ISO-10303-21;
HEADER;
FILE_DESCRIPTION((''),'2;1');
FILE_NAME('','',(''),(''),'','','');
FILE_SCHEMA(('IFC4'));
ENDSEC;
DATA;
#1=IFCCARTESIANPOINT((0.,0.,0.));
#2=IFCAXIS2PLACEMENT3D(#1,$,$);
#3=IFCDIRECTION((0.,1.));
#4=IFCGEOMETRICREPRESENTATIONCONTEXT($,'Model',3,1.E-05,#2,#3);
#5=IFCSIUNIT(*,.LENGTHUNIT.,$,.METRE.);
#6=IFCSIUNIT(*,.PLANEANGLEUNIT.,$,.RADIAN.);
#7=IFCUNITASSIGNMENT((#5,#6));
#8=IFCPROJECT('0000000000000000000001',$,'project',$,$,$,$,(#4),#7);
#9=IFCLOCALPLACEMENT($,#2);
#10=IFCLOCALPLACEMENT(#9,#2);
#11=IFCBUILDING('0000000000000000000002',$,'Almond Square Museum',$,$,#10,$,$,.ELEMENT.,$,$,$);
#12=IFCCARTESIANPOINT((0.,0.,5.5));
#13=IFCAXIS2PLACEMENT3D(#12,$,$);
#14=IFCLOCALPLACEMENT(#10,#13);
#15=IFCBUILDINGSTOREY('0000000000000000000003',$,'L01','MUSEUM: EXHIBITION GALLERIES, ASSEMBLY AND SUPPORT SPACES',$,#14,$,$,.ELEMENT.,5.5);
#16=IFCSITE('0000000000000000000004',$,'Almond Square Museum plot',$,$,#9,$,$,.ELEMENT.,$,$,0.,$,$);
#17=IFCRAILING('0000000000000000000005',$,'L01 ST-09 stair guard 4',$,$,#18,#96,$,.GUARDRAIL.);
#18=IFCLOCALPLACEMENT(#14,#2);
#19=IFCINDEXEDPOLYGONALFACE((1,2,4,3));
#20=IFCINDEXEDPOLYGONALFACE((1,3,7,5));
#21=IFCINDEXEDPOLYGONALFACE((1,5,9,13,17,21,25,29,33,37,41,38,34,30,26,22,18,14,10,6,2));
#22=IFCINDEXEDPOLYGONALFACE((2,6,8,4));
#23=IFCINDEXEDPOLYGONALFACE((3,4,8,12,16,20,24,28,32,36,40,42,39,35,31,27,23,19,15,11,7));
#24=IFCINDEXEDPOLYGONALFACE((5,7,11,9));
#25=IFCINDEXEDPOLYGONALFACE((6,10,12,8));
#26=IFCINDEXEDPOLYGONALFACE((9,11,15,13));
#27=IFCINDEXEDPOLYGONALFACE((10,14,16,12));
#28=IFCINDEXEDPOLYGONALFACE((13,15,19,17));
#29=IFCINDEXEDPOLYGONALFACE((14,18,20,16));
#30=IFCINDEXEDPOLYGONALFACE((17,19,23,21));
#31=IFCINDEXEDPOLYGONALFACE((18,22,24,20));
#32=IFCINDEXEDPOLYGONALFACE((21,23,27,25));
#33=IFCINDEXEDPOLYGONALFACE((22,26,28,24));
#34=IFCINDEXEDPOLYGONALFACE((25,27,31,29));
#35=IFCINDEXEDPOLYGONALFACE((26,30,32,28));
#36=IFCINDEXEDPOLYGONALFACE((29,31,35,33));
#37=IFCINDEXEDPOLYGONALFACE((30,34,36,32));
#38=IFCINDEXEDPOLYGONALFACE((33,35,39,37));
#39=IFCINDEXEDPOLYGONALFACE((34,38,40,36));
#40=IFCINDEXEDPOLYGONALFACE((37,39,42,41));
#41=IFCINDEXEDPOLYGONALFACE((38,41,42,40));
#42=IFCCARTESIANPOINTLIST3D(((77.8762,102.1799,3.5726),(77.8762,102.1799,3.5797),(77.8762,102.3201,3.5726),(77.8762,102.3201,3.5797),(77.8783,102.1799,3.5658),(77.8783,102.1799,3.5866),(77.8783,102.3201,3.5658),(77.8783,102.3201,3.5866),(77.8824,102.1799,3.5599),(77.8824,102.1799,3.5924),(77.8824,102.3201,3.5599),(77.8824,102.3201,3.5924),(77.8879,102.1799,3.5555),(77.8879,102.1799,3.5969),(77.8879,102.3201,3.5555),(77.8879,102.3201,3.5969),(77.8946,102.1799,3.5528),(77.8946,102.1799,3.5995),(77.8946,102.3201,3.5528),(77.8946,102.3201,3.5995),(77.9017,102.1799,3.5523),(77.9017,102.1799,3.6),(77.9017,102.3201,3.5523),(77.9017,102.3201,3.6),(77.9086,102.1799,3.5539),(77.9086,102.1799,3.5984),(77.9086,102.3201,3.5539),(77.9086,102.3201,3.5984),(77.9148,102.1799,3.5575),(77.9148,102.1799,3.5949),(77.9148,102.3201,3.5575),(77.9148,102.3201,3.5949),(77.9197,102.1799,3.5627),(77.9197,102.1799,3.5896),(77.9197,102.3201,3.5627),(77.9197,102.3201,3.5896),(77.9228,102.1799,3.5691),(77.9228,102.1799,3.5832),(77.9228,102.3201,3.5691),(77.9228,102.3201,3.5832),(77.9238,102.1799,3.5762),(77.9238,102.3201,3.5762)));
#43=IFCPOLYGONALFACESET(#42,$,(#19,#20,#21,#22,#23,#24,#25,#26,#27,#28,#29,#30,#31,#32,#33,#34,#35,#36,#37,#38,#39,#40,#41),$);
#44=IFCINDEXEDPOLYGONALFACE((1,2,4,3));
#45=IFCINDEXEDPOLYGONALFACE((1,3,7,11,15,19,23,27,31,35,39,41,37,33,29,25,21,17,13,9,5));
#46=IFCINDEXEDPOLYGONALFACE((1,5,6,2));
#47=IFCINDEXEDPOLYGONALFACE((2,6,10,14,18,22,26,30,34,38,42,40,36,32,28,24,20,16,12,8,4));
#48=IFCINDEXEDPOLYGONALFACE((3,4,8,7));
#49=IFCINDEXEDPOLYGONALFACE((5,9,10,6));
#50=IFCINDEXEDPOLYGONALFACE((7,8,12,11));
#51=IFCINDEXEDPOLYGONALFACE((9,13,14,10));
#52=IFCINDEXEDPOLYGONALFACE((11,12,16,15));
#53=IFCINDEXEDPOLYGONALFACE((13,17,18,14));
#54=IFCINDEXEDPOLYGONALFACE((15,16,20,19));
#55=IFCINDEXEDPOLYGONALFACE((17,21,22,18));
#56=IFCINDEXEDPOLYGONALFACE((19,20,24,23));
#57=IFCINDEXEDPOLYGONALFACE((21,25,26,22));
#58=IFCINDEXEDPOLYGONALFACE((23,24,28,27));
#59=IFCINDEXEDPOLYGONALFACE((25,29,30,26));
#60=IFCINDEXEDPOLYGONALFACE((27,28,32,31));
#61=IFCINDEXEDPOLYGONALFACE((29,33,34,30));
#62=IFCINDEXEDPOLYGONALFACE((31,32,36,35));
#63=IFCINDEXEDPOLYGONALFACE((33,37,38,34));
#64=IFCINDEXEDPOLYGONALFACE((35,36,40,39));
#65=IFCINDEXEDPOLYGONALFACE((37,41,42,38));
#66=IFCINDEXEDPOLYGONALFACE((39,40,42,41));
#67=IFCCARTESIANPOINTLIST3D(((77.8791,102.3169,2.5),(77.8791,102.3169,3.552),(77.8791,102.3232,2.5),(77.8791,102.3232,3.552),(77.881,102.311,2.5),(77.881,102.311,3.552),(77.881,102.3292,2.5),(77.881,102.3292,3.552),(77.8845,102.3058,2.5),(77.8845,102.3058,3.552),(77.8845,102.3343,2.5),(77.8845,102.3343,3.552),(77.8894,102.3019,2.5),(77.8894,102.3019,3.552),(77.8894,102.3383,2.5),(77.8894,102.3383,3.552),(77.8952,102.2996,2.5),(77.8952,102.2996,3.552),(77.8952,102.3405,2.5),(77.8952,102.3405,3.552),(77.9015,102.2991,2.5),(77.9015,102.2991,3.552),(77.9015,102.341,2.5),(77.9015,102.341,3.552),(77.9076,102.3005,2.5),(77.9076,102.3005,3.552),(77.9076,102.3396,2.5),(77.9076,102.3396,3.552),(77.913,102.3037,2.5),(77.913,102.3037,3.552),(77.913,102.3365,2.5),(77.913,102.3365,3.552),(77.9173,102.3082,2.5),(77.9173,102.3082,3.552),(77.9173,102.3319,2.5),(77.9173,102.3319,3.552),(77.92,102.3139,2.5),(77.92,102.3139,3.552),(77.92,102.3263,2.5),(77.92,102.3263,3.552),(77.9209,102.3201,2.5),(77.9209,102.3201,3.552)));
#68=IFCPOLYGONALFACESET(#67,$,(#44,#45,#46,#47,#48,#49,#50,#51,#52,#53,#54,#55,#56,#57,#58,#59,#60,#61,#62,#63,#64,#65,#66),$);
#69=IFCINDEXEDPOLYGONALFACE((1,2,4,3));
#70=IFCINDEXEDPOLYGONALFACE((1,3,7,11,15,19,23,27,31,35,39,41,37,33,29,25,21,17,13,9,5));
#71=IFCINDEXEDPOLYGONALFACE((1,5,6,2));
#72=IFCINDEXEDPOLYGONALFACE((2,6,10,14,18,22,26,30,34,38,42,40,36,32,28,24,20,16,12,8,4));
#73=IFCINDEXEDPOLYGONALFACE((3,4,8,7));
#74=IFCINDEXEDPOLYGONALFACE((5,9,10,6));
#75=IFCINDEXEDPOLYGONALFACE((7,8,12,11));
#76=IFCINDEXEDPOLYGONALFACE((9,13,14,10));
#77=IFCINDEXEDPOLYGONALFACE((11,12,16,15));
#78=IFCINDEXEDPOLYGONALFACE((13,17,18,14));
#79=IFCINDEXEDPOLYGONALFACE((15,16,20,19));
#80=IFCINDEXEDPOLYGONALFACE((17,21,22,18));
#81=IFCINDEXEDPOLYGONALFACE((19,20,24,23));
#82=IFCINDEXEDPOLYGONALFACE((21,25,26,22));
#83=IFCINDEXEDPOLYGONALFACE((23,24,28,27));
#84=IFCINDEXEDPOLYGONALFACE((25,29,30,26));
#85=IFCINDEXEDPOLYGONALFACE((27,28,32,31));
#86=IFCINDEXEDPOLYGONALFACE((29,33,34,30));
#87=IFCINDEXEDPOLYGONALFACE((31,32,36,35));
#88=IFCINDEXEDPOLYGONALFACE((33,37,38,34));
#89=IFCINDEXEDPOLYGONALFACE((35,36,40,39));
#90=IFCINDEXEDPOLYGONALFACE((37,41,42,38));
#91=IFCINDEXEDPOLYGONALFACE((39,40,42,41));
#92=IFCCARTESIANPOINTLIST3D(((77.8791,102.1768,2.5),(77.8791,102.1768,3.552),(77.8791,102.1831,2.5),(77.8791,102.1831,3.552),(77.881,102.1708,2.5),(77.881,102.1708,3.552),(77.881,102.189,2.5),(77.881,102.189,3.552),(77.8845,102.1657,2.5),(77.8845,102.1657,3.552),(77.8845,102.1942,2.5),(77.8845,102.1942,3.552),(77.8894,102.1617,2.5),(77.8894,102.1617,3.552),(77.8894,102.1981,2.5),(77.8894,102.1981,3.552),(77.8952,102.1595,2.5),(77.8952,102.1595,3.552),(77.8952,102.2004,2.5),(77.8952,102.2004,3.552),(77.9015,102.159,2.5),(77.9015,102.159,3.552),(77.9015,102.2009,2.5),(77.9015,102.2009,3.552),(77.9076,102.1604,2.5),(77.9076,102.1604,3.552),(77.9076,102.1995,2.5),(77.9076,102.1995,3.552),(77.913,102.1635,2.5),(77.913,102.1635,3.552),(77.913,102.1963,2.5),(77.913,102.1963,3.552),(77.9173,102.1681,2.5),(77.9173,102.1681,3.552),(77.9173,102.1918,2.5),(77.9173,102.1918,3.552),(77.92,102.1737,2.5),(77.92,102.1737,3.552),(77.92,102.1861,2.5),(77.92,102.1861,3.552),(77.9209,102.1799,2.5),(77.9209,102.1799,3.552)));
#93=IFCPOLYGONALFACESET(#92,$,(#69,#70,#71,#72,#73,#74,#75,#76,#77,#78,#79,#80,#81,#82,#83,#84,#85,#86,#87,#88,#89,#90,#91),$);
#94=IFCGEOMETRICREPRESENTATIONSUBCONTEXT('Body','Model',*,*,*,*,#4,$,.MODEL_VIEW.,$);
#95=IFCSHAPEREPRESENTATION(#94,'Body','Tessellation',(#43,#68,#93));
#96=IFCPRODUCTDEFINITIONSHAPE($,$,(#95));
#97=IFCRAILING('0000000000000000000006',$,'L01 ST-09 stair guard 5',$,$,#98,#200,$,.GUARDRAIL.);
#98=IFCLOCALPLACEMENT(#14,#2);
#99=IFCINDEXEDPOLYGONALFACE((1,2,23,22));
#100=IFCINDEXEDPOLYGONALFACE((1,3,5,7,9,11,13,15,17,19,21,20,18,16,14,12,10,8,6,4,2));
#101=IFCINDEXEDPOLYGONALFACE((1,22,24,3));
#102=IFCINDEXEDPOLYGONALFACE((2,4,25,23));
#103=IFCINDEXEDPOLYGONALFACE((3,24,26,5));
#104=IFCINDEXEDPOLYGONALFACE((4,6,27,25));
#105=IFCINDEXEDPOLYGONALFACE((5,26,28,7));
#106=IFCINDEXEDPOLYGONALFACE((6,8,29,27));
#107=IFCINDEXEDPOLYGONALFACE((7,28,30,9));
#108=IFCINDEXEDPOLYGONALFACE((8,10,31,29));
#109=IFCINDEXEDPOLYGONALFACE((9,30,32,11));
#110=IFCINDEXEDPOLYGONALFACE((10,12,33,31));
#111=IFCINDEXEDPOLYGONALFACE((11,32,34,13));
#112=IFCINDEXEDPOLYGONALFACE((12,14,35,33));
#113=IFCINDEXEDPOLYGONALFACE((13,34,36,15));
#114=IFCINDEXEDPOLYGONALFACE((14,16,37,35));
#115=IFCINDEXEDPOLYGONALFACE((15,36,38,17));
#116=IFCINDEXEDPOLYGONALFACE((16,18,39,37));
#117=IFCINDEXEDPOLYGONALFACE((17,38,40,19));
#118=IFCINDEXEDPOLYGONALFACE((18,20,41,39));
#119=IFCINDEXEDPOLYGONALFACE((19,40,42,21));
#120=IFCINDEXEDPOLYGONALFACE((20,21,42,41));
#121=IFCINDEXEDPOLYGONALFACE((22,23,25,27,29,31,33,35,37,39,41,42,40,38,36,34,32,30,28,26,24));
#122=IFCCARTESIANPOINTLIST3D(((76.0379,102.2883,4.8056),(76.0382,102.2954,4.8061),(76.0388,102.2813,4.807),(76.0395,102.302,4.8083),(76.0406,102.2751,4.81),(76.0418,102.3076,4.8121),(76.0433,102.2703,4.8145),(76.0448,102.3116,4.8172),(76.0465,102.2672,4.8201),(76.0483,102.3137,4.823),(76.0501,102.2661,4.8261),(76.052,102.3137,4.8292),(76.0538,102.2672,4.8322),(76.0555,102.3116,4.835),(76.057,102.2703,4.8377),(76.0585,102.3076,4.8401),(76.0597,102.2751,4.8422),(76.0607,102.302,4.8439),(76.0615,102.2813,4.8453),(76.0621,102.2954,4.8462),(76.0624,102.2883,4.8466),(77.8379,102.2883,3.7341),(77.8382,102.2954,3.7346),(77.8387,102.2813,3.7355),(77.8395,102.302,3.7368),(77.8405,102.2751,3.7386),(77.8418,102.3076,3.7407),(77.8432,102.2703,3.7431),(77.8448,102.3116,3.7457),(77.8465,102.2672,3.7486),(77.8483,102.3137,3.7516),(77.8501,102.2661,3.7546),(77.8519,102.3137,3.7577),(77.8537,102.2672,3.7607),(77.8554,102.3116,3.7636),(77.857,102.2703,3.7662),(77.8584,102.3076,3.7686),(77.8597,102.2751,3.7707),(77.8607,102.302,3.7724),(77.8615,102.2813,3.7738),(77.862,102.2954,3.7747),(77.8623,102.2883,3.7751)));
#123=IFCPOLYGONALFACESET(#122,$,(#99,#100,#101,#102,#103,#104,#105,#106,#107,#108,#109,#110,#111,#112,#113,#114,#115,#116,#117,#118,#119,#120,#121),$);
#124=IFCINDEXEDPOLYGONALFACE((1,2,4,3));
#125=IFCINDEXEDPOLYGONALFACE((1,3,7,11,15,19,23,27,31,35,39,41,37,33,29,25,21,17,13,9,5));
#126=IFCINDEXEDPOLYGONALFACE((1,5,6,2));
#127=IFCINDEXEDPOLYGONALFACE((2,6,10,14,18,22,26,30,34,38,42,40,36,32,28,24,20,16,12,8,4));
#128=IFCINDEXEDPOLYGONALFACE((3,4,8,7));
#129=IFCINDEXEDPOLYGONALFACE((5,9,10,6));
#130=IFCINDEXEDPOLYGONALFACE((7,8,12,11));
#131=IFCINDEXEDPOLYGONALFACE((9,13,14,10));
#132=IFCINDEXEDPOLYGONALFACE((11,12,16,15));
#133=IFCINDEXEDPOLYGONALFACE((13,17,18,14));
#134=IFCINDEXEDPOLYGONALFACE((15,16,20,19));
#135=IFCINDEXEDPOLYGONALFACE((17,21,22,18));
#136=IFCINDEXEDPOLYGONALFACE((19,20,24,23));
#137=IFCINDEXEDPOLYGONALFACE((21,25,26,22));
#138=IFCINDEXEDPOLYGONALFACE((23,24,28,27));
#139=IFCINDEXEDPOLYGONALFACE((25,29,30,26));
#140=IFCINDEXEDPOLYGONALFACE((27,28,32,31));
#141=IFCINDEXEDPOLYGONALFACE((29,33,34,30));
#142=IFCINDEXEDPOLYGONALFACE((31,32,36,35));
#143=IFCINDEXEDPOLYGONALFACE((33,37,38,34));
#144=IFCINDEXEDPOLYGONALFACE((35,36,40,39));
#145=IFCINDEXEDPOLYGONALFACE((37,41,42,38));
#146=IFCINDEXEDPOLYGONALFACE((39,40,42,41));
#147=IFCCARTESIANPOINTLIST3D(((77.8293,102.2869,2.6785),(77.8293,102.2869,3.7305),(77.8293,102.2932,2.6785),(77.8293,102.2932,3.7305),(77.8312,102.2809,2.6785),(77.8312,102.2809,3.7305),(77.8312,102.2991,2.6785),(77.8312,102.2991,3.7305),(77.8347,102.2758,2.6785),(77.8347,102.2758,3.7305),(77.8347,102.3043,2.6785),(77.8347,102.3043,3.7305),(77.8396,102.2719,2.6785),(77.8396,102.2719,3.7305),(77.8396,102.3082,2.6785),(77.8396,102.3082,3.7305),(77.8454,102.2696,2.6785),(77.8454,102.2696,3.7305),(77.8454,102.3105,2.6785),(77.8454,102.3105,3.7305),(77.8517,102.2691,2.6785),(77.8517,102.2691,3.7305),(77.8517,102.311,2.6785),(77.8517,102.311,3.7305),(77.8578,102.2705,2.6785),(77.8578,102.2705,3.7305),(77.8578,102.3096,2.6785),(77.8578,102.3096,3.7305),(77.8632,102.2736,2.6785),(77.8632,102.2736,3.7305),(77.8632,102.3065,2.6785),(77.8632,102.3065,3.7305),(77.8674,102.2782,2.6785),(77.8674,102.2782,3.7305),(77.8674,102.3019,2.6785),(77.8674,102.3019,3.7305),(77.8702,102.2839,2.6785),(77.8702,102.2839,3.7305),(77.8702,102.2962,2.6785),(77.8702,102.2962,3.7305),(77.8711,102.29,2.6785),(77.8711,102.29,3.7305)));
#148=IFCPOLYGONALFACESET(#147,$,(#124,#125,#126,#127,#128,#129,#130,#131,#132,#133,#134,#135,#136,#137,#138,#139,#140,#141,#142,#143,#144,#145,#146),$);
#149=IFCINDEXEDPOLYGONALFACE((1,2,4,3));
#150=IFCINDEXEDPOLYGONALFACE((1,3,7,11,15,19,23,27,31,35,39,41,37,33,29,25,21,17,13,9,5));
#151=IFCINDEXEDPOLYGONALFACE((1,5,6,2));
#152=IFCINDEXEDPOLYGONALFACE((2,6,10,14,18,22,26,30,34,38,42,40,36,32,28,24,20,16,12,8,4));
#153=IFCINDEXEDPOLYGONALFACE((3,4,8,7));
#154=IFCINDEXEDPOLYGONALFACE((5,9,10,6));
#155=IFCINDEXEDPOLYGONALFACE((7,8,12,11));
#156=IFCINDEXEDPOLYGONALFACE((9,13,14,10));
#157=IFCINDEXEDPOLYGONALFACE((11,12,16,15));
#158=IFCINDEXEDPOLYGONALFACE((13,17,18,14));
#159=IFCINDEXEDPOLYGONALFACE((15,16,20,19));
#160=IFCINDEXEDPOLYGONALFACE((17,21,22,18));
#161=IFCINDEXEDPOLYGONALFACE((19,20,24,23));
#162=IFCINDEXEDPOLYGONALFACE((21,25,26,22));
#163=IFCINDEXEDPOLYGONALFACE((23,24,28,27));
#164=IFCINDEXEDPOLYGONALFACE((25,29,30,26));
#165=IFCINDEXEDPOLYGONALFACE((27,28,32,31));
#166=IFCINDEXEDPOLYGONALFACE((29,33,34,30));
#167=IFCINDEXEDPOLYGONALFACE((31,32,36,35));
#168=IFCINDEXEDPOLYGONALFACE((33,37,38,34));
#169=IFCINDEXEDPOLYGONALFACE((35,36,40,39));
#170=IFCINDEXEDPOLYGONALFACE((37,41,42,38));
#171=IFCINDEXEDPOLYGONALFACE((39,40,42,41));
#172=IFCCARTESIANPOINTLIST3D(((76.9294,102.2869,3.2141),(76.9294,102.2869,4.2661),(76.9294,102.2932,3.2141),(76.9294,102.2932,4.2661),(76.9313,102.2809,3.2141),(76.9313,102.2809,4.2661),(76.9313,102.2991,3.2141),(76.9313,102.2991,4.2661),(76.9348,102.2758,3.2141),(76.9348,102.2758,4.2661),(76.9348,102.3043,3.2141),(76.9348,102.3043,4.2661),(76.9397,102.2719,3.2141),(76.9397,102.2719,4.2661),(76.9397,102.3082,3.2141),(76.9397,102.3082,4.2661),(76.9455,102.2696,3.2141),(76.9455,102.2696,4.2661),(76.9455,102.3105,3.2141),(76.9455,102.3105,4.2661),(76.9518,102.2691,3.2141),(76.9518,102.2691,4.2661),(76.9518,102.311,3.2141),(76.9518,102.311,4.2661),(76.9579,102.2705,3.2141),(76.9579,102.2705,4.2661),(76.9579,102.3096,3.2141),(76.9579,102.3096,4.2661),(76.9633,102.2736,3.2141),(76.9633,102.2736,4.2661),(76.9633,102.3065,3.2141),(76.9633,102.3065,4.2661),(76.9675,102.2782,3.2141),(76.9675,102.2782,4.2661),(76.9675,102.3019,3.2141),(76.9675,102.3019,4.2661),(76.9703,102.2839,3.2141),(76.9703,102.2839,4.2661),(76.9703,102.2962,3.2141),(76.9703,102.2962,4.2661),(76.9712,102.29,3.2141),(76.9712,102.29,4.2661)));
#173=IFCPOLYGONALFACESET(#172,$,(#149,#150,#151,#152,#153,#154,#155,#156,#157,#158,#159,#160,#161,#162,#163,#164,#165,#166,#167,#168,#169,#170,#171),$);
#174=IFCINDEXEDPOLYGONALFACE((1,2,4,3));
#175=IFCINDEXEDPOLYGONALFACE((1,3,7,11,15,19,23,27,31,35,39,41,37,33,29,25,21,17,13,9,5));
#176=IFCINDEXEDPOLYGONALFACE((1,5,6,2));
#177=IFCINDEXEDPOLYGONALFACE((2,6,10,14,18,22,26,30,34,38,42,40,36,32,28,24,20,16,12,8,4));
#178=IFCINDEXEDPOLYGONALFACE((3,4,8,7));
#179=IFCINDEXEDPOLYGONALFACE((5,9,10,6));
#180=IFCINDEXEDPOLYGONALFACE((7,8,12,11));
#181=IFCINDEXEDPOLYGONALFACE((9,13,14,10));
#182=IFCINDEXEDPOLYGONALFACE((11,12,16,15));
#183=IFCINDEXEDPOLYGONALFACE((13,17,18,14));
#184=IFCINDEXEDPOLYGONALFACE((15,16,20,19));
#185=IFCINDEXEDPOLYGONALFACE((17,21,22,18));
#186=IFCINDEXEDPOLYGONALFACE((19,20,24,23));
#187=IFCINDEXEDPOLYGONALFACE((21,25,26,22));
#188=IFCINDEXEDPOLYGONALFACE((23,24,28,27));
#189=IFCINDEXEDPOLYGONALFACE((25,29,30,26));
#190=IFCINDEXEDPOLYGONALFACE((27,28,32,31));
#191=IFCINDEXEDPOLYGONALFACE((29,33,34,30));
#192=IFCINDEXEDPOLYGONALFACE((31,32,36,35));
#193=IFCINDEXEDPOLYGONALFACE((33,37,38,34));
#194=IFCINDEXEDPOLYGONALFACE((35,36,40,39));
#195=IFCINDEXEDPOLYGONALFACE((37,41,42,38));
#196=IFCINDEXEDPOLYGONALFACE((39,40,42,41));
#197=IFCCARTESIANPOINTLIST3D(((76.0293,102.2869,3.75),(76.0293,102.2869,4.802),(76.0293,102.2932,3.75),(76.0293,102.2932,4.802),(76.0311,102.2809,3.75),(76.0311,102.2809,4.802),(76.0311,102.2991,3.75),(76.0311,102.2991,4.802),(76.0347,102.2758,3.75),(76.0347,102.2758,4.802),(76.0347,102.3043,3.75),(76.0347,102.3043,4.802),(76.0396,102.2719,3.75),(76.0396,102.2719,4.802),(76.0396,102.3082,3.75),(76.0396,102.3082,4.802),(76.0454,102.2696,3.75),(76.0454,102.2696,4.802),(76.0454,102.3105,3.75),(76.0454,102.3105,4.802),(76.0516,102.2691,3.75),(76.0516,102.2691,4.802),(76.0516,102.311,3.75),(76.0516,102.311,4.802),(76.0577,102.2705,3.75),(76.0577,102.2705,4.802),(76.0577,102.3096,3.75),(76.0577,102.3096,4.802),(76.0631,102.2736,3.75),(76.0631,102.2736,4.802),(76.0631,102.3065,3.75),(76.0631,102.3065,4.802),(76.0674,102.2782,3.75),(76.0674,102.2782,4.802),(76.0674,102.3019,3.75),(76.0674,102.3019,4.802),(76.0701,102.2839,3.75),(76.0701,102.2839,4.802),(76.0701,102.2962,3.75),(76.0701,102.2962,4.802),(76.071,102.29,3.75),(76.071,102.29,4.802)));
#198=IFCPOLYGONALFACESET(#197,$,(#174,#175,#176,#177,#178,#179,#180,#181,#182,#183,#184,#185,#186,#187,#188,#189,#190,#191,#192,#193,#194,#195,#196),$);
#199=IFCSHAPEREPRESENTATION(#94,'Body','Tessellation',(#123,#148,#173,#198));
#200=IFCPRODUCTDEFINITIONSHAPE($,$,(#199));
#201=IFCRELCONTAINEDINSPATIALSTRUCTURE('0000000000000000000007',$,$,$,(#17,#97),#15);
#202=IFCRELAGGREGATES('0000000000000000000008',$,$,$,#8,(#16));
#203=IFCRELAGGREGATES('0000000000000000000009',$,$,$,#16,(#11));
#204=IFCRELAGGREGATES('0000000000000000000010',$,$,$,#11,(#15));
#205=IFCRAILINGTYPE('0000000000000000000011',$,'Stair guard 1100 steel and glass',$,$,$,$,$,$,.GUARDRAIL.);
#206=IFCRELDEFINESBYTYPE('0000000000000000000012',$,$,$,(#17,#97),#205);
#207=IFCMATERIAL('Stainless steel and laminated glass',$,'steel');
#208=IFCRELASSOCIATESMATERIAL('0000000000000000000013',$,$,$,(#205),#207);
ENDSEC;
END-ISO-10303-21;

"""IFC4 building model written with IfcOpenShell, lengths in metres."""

from ifc_helpers import new_model, si_unit, direction, frame, origin, origin_2d, place, context, subcontext, project, spatial, circle, extrude, material, type_object, element, save


model = new_model("IFC4")

# Units and contexts
model_context = context("Model", 3, precision=1e-05, world=origin(), true_north=direction((0.0, 1.0)))
body_context = subcontext(model_context, "Body", "Model", "MODEL_VIEW")
ifc_project = project(units=[si_unit("LENGTHUNIT", "METRE"), si_unit("PLANEANGLEUNIT", "RADIAN")], contexts=[model_context])

# Site, building, storey
site_placement = place(None, origin())
site = spatial("IfcSite", under=ifc_project, at=site_placement, Name="Almond Square Museum plot", CompositionType="ELEMENT", RefElevation=0.0)
building_placement = place(site_placement, origin())
building = spatial("IfcBuilding", under=site, at=building_placement, Name="Almond Square Museum", CompositionType="ELEMENT")
storey_placement = place(building_placement, frame((0.0, 0.0, 5.5)))
storey = spatial("IfcBuildingStorey", under=building, at=storey_placement, Name="L01", Description="MUSEUM: EXHIBITION GALLERIES, ASSEMBLY AND SUPPORT SPACES", CompositionType="ELEMENT", Elevation=5.5)

# Railings
ifc_material_1 = material(Name="Stainless steel and laminated glass", Category="steel")
railing_type_1 = type_object("IfcRailingType", Name="Stair guard 1100 steel and glass", PredefinedType="GUARDRAIL", material=ifc_material_1)
railing_1_placement = place(storey_placement, frame((77.8999, 102.3201, 2.5)))
element("IfcRailing", 1, at=railing_1_placement, inside=storey, type_object=railing_type_1, Name="L01 ST-09 stair guard 4", PredefinedType="GUARDRAIL", context=body_context, shape_type="SweptSolid", body=[
    extrude(circle(Radius=0.0239, at=origin_2d()), frame((0.0, 0.0, 1.0762), z_axis=(0.0, -1.0, 0.0), x_axis=(1.0, 0.0, 0.0)), (0.0, 0.0, 1.0), 0.1401),
    extrude(circle(Radius=0.021, at=origin_2d()), origin(), (0.0, 0.0, 1.0), 1.052),
    extrude(circle(Radius=0.021, at=origin_2d()), frame((0.0, -0.1401, 0.0)), (0.0, 0.0, 1.0), 1.052),
])
railing_2_placement = place(storey_placement, frame((77.8501, 102.29, 2.6785)))
element("IfcRailing", 2, at=railing_2_placement, inside=storey, type_object=railing_type_1, Name="L01 ST-09 stair guard 5", PredefinedType="GUARDRAIL", context=body_context, shape_type="SweptSolid", body=[
    extrude(circle(Radius=0.0239, at=origin_2d()), frame((0.0, 0.0, 1.0762), z_axis=(-0.859277, 0.0, 0.51151), x_axis=(0.0, -1.0, 0.0)), (0.0, 0.0, 1.0), 2.0947),
    extrude(circle(Radius=0.021, at=origin_2d()), origin(), (0.0, 0.0, 1.0), 1.052),
    extrude(circle(Radius=0.021, at=origin_2d()), frame((-0.8999, 0.0, 0.5356)), (0.0, 0.0, 1.0), 1.052),
    extrude(circle(Radius=0.021, at=origin_2d()), frame((-1.8, 0.0, 1.0715)), (0.0, 0.0, 1.0), 1.052),
])

save(model, "model.ifc")
